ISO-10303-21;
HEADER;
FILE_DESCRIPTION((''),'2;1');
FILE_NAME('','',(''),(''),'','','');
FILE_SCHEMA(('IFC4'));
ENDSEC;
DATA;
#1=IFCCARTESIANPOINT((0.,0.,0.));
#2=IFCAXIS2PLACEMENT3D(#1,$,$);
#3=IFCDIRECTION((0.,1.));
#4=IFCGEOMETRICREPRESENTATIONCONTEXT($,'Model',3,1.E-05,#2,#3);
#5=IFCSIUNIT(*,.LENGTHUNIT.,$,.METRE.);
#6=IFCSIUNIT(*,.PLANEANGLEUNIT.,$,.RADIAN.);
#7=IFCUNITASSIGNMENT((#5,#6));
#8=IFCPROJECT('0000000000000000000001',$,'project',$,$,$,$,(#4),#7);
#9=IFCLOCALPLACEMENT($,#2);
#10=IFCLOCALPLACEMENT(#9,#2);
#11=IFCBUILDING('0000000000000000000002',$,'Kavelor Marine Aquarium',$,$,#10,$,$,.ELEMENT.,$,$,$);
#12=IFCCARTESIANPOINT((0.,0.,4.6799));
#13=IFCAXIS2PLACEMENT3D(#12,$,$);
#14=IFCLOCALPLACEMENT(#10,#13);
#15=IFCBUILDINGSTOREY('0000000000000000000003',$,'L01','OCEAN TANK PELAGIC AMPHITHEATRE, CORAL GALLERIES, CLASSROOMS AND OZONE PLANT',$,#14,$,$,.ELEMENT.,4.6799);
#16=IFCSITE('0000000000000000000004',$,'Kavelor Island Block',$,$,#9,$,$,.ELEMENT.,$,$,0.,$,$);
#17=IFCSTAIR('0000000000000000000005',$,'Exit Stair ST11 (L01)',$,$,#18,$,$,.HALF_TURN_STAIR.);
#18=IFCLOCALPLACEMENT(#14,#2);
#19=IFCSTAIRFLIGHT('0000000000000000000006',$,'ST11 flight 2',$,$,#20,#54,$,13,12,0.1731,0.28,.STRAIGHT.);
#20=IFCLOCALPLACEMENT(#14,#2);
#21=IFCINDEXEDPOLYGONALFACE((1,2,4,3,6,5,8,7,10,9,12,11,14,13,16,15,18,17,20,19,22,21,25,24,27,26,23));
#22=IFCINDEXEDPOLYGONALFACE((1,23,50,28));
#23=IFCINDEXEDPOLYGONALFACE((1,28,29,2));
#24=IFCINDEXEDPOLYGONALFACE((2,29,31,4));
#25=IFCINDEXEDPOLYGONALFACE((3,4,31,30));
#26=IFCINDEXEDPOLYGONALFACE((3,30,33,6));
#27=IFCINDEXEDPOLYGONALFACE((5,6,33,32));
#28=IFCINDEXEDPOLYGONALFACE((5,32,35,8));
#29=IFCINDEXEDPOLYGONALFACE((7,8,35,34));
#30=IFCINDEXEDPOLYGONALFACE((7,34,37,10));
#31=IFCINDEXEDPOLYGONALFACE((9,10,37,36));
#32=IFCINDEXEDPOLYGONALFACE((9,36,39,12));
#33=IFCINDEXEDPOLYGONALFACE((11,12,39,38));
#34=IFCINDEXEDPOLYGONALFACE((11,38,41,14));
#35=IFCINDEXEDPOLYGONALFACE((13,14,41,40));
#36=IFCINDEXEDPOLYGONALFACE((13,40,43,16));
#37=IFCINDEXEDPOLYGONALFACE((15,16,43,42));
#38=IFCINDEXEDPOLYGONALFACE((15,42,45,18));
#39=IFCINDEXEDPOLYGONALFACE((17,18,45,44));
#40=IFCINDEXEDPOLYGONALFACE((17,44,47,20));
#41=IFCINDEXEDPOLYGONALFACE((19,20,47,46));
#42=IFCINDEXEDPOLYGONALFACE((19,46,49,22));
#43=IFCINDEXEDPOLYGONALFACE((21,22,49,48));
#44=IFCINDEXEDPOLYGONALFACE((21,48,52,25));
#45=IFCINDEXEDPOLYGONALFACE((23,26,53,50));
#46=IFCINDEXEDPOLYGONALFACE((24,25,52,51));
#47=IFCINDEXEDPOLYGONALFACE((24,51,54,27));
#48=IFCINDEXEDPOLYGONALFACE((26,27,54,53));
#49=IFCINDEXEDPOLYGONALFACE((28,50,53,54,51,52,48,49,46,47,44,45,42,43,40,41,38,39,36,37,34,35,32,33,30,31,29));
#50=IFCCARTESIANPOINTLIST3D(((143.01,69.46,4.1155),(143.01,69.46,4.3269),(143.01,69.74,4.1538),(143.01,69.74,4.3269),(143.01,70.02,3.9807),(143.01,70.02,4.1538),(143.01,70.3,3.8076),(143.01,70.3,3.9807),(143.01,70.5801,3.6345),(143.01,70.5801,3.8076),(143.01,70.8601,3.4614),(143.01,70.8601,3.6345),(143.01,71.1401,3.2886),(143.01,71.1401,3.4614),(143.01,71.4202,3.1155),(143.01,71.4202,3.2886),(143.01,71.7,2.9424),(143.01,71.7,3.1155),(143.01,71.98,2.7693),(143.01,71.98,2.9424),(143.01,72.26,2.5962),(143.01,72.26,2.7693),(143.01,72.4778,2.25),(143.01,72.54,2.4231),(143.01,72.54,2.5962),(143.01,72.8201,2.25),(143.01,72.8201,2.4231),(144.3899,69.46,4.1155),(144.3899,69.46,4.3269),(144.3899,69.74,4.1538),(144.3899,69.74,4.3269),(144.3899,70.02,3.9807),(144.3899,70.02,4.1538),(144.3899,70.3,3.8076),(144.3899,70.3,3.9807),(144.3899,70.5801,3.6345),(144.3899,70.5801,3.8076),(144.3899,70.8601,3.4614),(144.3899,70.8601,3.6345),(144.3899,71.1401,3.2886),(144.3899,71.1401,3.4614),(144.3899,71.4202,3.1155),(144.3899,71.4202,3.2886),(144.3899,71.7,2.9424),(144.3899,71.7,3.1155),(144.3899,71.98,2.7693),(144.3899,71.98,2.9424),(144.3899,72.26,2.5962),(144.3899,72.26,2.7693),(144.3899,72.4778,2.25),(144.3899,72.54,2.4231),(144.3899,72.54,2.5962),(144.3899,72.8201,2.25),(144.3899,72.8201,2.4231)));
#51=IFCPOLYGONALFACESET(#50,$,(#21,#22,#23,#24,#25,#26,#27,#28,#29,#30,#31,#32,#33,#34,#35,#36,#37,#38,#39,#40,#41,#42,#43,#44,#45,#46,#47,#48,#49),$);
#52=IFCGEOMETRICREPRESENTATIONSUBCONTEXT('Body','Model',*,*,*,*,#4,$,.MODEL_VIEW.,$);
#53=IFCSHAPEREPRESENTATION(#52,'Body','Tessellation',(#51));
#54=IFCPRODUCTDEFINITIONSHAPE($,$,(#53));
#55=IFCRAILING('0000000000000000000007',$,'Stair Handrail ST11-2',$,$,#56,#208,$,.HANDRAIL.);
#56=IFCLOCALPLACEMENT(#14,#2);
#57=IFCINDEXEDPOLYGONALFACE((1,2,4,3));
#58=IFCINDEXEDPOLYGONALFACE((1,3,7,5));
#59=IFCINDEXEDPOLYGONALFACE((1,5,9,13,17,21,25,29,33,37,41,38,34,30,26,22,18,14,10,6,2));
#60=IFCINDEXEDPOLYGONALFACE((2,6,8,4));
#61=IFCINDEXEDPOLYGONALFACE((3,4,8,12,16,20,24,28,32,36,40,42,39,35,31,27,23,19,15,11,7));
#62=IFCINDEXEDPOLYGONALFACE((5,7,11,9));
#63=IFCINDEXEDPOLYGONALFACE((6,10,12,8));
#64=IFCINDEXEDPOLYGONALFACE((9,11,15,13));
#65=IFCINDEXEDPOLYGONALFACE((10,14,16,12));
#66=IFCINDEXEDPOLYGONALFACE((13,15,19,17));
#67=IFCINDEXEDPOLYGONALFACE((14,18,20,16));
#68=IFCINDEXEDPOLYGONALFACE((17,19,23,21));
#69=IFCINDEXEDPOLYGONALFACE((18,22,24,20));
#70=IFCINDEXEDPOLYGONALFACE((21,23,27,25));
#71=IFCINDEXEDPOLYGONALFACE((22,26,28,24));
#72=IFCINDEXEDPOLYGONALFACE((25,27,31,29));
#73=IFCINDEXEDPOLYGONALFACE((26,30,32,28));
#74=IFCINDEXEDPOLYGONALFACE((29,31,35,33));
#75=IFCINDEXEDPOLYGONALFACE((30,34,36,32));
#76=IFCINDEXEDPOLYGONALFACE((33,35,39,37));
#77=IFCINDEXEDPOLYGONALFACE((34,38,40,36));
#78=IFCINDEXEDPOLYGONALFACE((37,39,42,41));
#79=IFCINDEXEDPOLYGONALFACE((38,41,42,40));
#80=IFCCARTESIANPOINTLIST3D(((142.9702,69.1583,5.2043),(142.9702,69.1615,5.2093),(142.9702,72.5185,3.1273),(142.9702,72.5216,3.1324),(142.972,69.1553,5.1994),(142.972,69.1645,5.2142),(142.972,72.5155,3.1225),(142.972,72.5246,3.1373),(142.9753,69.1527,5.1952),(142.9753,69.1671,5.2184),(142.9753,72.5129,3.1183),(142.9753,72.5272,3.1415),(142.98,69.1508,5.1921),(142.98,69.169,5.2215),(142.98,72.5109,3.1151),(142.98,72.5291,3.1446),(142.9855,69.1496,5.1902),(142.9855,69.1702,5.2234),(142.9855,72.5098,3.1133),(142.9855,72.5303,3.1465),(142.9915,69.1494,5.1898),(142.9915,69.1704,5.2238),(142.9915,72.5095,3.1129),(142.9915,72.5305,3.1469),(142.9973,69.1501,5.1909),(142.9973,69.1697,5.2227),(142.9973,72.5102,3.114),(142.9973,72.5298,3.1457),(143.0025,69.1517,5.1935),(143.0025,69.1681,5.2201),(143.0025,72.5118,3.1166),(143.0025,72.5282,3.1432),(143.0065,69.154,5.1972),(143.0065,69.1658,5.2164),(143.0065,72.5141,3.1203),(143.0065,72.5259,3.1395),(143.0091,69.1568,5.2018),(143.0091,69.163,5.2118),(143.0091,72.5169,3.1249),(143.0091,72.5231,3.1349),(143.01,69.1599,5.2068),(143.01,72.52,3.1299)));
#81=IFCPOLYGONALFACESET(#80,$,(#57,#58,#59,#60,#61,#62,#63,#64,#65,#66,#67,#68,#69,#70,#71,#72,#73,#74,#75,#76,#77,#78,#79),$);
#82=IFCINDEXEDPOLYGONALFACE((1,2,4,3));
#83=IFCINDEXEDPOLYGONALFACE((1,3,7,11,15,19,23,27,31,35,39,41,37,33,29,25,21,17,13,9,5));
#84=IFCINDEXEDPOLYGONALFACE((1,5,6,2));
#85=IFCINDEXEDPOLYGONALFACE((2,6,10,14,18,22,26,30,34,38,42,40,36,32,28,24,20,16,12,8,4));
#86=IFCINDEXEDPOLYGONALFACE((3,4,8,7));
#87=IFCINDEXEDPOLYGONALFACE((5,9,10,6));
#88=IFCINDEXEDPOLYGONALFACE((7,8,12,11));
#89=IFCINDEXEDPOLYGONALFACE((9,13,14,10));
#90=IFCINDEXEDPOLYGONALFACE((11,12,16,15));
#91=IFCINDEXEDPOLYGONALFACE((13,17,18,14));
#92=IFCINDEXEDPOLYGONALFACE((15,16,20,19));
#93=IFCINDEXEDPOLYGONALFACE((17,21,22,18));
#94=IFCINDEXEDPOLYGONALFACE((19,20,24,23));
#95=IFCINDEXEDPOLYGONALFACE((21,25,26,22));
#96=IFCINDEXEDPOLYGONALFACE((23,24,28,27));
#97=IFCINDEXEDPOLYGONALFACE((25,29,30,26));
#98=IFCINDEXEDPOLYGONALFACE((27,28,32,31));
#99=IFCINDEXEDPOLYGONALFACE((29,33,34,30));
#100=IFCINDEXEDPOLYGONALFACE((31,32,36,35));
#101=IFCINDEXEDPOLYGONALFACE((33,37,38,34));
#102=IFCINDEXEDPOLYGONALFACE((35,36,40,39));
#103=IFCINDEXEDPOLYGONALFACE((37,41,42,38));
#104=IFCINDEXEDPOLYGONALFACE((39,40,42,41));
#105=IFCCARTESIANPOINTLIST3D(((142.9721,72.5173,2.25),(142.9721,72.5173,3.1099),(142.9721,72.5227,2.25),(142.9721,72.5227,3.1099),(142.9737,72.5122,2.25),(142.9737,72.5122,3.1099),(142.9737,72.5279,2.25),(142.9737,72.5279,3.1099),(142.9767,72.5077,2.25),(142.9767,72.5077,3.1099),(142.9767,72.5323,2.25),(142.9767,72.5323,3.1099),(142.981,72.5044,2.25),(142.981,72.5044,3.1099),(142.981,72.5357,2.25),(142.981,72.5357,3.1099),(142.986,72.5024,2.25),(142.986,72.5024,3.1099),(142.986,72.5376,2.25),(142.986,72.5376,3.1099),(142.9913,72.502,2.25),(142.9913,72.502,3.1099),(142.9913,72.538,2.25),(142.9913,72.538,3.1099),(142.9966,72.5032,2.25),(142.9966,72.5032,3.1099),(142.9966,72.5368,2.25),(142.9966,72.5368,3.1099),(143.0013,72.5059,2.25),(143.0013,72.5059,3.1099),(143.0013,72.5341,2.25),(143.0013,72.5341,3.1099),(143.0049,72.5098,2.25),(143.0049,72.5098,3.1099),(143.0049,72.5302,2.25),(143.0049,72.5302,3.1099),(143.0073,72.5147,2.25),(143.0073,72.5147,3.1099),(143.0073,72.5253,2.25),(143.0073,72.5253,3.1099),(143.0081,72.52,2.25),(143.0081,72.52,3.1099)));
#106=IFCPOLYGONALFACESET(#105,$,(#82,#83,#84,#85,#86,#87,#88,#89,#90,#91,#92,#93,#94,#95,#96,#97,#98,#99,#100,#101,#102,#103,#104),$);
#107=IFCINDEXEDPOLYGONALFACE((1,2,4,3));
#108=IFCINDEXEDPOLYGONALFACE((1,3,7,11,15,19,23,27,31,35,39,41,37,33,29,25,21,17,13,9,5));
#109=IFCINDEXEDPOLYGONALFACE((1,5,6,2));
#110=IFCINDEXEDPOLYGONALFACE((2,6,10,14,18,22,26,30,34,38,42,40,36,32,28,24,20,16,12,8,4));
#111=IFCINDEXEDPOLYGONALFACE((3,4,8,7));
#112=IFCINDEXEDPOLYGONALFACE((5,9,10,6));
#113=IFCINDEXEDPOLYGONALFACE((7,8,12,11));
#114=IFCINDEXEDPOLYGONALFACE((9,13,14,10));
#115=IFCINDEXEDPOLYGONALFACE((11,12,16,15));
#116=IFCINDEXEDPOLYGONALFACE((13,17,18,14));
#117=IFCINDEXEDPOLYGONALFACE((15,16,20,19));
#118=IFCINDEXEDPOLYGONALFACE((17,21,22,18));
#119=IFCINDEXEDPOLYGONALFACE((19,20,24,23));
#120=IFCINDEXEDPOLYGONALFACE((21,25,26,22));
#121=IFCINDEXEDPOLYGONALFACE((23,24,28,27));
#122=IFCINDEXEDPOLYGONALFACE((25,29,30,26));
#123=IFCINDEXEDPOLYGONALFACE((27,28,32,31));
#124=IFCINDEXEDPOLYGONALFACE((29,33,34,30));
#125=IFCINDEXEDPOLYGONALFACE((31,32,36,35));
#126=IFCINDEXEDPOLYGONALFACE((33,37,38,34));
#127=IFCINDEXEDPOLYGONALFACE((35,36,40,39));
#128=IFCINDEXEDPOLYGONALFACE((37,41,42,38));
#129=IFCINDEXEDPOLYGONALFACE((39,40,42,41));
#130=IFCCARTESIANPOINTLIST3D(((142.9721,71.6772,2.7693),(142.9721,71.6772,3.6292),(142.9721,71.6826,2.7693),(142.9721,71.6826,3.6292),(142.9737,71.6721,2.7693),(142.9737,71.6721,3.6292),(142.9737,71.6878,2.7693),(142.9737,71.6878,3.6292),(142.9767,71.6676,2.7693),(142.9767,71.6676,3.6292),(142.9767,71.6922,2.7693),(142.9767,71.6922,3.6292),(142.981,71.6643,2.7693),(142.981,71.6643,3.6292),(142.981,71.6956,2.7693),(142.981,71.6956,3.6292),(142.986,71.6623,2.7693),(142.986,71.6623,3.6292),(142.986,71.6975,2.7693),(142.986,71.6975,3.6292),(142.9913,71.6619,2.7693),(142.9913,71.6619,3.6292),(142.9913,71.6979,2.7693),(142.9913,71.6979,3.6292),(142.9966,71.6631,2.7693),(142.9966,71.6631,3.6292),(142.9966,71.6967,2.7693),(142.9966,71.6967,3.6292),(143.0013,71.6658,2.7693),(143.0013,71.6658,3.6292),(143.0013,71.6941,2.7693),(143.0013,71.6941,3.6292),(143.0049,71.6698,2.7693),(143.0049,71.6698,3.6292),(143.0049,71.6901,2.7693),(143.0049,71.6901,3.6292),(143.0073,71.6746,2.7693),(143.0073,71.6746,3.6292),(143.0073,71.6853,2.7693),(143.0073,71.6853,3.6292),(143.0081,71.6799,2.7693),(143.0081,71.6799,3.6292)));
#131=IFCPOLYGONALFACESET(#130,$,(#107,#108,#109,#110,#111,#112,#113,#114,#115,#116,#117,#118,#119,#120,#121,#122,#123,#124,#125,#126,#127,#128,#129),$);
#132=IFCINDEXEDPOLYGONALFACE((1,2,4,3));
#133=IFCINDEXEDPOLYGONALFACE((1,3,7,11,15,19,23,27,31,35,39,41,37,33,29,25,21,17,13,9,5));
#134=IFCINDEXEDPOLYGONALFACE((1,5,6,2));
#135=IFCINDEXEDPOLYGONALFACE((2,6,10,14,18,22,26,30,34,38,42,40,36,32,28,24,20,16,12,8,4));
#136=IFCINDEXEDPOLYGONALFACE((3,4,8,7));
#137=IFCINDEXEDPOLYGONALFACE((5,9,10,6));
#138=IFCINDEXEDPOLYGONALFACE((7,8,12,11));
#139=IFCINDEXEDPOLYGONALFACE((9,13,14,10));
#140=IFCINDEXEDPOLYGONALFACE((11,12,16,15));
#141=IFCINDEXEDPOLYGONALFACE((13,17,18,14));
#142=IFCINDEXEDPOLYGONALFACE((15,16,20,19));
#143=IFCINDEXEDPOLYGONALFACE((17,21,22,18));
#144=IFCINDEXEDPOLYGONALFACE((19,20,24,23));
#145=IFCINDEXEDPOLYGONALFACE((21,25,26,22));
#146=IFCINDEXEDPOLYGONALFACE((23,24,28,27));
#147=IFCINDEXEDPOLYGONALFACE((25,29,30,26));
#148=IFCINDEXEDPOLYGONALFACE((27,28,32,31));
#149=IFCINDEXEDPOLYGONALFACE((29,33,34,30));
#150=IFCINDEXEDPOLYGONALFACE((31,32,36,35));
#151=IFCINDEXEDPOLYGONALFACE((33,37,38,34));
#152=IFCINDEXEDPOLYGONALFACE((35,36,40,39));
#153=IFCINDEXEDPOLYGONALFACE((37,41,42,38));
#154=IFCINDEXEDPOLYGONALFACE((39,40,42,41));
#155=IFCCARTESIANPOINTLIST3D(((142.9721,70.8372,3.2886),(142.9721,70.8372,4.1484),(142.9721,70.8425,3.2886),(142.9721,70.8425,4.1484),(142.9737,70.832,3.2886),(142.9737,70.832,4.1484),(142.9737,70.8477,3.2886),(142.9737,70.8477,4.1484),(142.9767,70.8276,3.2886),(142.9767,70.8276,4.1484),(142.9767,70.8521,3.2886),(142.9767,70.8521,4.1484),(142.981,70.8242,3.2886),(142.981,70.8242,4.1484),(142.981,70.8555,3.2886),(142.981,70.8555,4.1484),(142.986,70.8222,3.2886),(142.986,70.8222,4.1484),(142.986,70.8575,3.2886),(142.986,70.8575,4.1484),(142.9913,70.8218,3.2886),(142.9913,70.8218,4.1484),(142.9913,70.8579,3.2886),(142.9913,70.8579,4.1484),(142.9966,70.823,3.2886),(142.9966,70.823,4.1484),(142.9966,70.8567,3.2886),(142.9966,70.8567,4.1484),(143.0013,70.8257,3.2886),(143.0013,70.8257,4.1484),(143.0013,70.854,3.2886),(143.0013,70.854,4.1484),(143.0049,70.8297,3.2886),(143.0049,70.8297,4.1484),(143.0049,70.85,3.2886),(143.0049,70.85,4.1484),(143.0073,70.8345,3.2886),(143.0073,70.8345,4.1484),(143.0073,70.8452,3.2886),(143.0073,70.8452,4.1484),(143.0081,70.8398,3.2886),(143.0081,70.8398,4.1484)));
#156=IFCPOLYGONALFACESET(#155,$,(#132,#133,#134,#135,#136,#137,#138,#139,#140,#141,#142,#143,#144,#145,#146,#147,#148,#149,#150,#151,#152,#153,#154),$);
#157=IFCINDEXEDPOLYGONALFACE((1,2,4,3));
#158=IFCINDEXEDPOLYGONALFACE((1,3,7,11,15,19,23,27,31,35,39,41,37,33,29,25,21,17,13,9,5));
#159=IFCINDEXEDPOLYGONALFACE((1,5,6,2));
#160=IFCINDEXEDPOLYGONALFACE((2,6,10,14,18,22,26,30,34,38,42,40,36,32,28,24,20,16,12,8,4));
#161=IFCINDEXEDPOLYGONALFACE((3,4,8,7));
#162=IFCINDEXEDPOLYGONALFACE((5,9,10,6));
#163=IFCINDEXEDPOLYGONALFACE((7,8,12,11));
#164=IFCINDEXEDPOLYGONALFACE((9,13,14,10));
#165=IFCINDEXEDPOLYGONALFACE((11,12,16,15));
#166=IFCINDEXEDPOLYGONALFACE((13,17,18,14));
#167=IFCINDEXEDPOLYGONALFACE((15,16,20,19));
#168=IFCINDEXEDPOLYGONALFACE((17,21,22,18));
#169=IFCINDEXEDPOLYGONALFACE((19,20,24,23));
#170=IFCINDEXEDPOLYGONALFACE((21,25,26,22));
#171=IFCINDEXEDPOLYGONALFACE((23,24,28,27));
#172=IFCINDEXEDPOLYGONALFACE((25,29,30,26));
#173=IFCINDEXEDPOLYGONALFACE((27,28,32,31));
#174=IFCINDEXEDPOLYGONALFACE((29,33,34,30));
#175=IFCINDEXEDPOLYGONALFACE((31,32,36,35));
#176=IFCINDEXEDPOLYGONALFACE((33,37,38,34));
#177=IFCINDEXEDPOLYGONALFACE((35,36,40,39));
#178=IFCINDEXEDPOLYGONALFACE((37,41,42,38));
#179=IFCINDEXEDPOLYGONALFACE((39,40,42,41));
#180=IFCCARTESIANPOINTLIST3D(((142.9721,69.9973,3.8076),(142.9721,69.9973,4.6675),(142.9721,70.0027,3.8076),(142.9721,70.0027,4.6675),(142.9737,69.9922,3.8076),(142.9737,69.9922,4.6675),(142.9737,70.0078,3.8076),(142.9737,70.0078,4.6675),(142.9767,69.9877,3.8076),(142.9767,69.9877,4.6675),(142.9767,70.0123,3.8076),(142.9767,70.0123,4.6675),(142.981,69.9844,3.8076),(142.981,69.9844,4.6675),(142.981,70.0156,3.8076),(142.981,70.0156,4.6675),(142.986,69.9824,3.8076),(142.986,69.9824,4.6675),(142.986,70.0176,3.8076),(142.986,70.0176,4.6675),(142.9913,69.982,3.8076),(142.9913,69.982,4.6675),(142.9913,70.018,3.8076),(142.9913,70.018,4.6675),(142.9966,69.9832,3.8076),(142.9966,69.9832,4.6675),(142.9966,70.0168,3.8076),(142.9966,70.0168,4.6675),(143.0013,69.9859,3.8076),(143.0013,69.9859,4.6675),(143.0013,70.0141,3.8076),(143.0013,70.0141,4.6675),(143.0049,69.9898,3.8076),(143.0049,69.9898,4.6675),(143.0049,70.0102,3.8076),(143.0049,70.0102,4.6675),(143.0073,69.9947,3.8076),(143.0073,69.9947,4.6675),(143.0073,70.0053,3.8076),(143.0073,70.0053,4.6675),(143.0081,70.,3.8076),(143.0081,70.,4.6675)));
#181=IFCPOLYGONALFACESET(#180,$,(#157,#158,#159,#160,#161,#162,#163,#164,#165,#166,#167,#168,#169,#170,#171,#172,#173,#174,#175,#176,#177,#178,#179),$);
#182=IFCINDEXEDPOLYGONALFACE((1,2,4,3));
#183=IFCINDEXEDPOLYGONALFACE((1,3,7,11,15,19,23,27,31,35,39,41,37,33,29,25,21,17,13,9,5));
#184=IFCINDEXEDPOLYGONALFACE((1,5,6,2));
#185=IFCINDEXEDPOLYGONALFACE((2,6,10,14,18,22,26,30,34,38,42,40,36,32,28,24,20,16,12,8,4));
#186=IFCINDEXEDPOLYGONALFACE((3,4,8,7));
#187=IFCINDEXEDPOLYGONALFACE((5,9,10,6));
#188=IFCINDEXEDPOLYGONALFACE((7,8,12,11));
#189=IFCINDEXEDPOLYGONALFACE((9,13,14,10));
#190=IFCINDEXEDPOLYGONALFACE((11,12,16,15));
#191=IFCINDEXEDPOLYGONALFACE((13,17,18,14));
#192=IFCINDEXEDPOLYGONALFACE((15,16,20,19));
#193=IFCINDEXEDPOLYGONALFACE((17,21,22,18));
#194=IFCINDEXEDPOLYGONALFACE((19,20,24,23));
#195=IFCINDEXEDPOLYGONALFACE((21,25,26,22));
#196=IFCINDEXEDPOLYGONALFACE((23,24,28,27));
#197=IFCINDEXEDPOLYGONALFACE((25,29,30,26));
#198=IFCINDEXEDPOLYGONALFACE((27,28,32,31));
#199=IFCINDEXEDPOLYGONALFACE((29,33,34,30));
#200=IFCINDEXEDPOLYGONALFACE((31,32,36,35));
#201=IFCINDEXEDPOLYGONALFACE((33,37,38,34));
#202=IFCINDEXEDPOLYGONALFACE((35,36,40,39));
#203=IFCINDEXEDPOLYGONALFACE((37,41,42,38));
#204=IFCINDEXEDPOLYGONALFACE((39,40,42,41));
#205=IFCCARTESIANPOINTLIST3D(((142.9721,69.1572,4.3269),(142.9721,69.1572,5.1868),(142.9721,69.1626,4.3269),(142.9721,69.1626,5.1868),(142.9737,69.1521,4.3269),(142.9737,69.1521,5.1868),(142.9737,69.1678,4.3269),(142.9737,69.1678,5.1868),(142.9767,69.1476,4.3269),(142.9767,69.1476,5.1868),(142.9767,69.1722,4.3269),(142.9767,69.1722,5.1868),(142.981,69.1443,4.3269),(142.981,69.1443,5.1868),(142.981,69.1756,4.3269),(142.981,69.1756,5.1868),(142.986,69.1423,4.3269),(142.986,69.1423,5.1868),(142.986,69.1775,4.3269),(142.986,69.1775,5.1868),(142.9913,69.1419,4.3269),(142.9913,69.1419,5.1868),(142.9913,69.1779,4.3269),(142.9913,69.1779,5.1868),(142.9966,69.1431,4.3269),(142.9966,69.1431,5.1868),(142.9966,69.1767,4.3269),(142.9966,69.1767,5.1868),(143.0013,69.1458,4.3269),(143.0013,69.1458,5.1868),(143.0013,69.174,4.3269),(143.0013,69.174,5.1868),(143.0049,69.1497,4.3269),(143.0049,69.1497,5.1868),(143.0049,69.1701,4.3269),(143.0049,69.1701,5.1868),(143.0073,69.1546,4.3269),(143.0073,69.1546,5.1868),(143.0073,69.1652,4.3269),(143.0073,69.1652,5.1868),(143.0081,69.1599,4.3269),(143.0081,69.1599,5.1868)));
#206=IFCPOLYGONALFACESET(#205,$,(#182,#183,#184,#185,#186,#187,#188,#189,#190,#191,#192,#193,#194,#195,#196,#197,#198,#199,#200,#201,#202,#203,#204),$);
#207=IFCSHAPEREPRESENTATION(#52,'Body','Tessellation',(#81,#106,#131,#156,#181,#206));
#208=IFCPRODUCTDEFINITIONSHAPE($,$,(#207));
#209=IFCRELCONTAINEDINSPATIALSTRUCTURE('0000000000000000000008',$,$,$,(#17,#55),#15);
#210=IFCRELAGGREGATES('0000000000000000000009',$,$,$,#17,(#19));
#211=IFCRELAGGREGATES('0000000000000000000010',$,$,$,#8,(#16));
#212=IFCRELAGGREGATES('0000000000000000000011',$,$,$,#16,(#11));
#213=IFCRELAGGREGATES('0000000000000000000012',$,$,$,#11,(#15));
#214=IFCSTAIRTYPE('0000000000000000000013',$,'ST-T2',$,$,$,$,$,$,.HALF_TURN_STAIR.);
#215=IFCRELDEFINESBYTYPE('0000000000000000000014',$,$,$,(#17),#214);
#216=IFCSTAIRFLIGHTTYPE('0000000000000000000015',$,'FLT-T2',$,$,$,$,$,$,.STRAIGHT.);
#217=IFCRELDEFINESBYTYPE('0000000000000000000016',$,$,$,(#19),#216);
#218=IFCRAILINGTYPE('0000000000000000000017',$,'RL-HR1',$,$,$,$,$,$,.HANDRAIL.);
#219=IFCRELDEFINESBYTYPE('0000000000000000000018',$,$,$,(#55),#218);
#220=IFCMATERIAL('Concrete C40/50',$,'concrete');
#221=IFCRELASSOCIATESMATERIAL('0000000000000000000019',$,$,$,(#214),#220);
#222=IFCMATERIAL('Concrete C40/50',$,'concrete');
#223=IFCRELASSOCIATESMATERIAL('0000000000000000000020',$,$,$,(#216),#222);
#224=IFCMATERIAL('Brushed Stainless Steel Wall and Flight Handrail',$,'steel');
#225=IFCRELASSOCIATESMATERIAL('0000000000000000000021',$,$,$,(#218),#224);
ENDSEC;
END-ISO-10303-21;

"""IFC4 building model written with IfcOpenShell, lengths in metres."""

from ifc_helpers import new_model, si_unit, direction, frame, origin, origin_2d, place, context, subcontext, project, spatial, polyline, circle, outline, extrude, material, type_object, element, aggregate, save


model = new_model("IFC4")

# Units and contexts
model_context = context("Model", 3, precision=1e-05, world=origin(), true_north=direction((0.0, 1.0)))
body_context = subcontext(model_context, "Body", "Model", "MODEL_VIEW")
ifc_project = project(units=[si_unit("LENGTHUNIT", "METRE"), si_unit("PLANEANGLEUNIT", "RADIAN")], contexts=[model_context])

# Site, building, storey
site_placement = place(None, origin())
site = spatial("IfcSite", under=ifc_project, at=site_placement, Name="Kavelor Island Block", CompositionType="ELEMENT", RefElevation=0.0)
building_placement = place(site_placement, origin())
building = spatial("IfcBuilding", under=site, at=building_placement, Name="Kavelor Marine Aquarium", CompositionType="ELEMENT")
storey_placement = place(building_placement, frame((0.0, 0.0, 4.6799)))
storey = spatial("IfcBuildingStorey", under=building, at=storey_placement, Name="L01", Description="OCEAN TANK PELAGIC AMPHITHEATRE, CORAL GALLERIES, CLASSROOMS AND OZONE PLANT", CompositionType="ELEMENT", Elevation=4.6799)

# Stair, stair flight
ifc_material_1 = material(Name="Concrete C40/50", Category="concrete")
stair_type = type_object("IfcStairType", Name="ST-T2", PredefinedType="HALF_TURN_STAIR", material=ifc_material_1)
stair_placement = place(storey_placement, origin())
stair = element("IfcStair", 1, at=stair_placement, inside=storey, type_object=stair_type, Name="Exit Stair ST11 (L01)", PredefinedType="HALF_TURN_STAIR")
ifc_material_2 = material(Name="Concrete C40/50", Category="concrete")
stair_flight_type = type_object("IfcStairFlightType", Name="FLT-T2", PredefinedType="STRAIGHT", material=ifc_material_2)
stair_flight_placement = place(storey_placement, frame((143.7, 72.8201, 2.25), z_axis=(0.0, 0.0, 1.0), x_axis=(0.0, -1.0, 0.0)))
stair_flight = element("IfcStairFlight", 2, at=stair_flight_placement, type_object=stair_flight_type, Name="ST11 flight 2", NumberOfRisers=13, NumberOfTreads=12, PredefinedType="STRAIGHT", RiserHeight=0.1731, TreadLength=0.28, context=body_context, shape_type="SweptSolid", body=[
    extrude(outline(polyline([(0.0, 0.0), (0.0, 0.1731), (0.28, 0.1731), (0.28, 0.3462), (0.5601, 0.3462), (0.5601, 0.5193), (0.8401, 0.5193), (0.8401, 0.6924), (1.1201, 0.6924), (1.1201, 0.8655), (1.3999, 0.8655), (1.3999, 1.0386), (1.6799, 1.0386), (1.6799, 1.2114), (1.96, 1.2114), (1.96, 1.3845), (2.24, 1.3845), (2.24, 1.5576), (2.52, 1.5576), (2.52, 1.7307), (2.8, 1.7307), (2.8, 1.9038), (3.0801, 1.9038), (3.0801, 2.0769), (3.3601, 2.0769), (3.3601, 2.25), (3.3601, 1.8655), (0.3423, 0.0), (0.0, 0.0)])), frame((0.0, 0.6899, 0.0), z_axis=(0.0, -1.0, 0.0), x_axis=(1.0, 0.0, 0.0)), (0.0, 0.0, 1.0), 1.3799),
])
aggregate(stair, [stair_flight])

# Railing
ifc_material_3 = material(Name="Brushed Stainless Steel Wall and Flight Handrail", Category="steel")
railing_type = type_object("IfcRailingType", Name="RL-HR1", PredefinedType="HANDRAIL", material=ifc_material_3)
railing_placement = place(storey_placement, frame((142.99, 72.52, 2.25)))
element("IfcRailing", 3, at=railing_placement, inside=storey, type_object=railing_type, Name="Stair Handrail ST11-2", PredefinedType="HANDRAIL", context=body_context, shape_type="SweptSolid", body=[
    extrude(circle(Radius=0.02, at=origin_2d()), frame((0.0, 0.0, 0.8799), z_axis=(0.0, -0.850623, 0.525776), x_axis=(1.0, 0.0, 0.0)), (0.0, 0.0, 1.0), 3.9502),
    extrude(circle(Radius=0.0181, at=origin_2d()), origin(), (0.0, 0.0, 1.0), 0.8599),
    extrude(circle(Radius=0.0181, at=origin_2d()), frame((0.0, -0.8401, 0.5193)), (0.0, 0.0, 1.0), 0.8599),
    extrude(circle(Radius=0.0181, at=origin_2d()), frame((0.0, -1.6802, 1.0386)), (0.0, 0.0, 1.0), 0.8599),
    extrude(circle(Radius=0.0181, at=origin_2d()), frame((0.0, -2.52, 1.5576)), (0.0, 0.0, 1.0), 0.8599),
    extrude(circle(Radius=0.0181, at=origin_2d()), frame((0.0, -3.3601, 2.0769)), (0.0, 0.0, 1.0), 0.8599),
])

save(model, "model.ifc")
